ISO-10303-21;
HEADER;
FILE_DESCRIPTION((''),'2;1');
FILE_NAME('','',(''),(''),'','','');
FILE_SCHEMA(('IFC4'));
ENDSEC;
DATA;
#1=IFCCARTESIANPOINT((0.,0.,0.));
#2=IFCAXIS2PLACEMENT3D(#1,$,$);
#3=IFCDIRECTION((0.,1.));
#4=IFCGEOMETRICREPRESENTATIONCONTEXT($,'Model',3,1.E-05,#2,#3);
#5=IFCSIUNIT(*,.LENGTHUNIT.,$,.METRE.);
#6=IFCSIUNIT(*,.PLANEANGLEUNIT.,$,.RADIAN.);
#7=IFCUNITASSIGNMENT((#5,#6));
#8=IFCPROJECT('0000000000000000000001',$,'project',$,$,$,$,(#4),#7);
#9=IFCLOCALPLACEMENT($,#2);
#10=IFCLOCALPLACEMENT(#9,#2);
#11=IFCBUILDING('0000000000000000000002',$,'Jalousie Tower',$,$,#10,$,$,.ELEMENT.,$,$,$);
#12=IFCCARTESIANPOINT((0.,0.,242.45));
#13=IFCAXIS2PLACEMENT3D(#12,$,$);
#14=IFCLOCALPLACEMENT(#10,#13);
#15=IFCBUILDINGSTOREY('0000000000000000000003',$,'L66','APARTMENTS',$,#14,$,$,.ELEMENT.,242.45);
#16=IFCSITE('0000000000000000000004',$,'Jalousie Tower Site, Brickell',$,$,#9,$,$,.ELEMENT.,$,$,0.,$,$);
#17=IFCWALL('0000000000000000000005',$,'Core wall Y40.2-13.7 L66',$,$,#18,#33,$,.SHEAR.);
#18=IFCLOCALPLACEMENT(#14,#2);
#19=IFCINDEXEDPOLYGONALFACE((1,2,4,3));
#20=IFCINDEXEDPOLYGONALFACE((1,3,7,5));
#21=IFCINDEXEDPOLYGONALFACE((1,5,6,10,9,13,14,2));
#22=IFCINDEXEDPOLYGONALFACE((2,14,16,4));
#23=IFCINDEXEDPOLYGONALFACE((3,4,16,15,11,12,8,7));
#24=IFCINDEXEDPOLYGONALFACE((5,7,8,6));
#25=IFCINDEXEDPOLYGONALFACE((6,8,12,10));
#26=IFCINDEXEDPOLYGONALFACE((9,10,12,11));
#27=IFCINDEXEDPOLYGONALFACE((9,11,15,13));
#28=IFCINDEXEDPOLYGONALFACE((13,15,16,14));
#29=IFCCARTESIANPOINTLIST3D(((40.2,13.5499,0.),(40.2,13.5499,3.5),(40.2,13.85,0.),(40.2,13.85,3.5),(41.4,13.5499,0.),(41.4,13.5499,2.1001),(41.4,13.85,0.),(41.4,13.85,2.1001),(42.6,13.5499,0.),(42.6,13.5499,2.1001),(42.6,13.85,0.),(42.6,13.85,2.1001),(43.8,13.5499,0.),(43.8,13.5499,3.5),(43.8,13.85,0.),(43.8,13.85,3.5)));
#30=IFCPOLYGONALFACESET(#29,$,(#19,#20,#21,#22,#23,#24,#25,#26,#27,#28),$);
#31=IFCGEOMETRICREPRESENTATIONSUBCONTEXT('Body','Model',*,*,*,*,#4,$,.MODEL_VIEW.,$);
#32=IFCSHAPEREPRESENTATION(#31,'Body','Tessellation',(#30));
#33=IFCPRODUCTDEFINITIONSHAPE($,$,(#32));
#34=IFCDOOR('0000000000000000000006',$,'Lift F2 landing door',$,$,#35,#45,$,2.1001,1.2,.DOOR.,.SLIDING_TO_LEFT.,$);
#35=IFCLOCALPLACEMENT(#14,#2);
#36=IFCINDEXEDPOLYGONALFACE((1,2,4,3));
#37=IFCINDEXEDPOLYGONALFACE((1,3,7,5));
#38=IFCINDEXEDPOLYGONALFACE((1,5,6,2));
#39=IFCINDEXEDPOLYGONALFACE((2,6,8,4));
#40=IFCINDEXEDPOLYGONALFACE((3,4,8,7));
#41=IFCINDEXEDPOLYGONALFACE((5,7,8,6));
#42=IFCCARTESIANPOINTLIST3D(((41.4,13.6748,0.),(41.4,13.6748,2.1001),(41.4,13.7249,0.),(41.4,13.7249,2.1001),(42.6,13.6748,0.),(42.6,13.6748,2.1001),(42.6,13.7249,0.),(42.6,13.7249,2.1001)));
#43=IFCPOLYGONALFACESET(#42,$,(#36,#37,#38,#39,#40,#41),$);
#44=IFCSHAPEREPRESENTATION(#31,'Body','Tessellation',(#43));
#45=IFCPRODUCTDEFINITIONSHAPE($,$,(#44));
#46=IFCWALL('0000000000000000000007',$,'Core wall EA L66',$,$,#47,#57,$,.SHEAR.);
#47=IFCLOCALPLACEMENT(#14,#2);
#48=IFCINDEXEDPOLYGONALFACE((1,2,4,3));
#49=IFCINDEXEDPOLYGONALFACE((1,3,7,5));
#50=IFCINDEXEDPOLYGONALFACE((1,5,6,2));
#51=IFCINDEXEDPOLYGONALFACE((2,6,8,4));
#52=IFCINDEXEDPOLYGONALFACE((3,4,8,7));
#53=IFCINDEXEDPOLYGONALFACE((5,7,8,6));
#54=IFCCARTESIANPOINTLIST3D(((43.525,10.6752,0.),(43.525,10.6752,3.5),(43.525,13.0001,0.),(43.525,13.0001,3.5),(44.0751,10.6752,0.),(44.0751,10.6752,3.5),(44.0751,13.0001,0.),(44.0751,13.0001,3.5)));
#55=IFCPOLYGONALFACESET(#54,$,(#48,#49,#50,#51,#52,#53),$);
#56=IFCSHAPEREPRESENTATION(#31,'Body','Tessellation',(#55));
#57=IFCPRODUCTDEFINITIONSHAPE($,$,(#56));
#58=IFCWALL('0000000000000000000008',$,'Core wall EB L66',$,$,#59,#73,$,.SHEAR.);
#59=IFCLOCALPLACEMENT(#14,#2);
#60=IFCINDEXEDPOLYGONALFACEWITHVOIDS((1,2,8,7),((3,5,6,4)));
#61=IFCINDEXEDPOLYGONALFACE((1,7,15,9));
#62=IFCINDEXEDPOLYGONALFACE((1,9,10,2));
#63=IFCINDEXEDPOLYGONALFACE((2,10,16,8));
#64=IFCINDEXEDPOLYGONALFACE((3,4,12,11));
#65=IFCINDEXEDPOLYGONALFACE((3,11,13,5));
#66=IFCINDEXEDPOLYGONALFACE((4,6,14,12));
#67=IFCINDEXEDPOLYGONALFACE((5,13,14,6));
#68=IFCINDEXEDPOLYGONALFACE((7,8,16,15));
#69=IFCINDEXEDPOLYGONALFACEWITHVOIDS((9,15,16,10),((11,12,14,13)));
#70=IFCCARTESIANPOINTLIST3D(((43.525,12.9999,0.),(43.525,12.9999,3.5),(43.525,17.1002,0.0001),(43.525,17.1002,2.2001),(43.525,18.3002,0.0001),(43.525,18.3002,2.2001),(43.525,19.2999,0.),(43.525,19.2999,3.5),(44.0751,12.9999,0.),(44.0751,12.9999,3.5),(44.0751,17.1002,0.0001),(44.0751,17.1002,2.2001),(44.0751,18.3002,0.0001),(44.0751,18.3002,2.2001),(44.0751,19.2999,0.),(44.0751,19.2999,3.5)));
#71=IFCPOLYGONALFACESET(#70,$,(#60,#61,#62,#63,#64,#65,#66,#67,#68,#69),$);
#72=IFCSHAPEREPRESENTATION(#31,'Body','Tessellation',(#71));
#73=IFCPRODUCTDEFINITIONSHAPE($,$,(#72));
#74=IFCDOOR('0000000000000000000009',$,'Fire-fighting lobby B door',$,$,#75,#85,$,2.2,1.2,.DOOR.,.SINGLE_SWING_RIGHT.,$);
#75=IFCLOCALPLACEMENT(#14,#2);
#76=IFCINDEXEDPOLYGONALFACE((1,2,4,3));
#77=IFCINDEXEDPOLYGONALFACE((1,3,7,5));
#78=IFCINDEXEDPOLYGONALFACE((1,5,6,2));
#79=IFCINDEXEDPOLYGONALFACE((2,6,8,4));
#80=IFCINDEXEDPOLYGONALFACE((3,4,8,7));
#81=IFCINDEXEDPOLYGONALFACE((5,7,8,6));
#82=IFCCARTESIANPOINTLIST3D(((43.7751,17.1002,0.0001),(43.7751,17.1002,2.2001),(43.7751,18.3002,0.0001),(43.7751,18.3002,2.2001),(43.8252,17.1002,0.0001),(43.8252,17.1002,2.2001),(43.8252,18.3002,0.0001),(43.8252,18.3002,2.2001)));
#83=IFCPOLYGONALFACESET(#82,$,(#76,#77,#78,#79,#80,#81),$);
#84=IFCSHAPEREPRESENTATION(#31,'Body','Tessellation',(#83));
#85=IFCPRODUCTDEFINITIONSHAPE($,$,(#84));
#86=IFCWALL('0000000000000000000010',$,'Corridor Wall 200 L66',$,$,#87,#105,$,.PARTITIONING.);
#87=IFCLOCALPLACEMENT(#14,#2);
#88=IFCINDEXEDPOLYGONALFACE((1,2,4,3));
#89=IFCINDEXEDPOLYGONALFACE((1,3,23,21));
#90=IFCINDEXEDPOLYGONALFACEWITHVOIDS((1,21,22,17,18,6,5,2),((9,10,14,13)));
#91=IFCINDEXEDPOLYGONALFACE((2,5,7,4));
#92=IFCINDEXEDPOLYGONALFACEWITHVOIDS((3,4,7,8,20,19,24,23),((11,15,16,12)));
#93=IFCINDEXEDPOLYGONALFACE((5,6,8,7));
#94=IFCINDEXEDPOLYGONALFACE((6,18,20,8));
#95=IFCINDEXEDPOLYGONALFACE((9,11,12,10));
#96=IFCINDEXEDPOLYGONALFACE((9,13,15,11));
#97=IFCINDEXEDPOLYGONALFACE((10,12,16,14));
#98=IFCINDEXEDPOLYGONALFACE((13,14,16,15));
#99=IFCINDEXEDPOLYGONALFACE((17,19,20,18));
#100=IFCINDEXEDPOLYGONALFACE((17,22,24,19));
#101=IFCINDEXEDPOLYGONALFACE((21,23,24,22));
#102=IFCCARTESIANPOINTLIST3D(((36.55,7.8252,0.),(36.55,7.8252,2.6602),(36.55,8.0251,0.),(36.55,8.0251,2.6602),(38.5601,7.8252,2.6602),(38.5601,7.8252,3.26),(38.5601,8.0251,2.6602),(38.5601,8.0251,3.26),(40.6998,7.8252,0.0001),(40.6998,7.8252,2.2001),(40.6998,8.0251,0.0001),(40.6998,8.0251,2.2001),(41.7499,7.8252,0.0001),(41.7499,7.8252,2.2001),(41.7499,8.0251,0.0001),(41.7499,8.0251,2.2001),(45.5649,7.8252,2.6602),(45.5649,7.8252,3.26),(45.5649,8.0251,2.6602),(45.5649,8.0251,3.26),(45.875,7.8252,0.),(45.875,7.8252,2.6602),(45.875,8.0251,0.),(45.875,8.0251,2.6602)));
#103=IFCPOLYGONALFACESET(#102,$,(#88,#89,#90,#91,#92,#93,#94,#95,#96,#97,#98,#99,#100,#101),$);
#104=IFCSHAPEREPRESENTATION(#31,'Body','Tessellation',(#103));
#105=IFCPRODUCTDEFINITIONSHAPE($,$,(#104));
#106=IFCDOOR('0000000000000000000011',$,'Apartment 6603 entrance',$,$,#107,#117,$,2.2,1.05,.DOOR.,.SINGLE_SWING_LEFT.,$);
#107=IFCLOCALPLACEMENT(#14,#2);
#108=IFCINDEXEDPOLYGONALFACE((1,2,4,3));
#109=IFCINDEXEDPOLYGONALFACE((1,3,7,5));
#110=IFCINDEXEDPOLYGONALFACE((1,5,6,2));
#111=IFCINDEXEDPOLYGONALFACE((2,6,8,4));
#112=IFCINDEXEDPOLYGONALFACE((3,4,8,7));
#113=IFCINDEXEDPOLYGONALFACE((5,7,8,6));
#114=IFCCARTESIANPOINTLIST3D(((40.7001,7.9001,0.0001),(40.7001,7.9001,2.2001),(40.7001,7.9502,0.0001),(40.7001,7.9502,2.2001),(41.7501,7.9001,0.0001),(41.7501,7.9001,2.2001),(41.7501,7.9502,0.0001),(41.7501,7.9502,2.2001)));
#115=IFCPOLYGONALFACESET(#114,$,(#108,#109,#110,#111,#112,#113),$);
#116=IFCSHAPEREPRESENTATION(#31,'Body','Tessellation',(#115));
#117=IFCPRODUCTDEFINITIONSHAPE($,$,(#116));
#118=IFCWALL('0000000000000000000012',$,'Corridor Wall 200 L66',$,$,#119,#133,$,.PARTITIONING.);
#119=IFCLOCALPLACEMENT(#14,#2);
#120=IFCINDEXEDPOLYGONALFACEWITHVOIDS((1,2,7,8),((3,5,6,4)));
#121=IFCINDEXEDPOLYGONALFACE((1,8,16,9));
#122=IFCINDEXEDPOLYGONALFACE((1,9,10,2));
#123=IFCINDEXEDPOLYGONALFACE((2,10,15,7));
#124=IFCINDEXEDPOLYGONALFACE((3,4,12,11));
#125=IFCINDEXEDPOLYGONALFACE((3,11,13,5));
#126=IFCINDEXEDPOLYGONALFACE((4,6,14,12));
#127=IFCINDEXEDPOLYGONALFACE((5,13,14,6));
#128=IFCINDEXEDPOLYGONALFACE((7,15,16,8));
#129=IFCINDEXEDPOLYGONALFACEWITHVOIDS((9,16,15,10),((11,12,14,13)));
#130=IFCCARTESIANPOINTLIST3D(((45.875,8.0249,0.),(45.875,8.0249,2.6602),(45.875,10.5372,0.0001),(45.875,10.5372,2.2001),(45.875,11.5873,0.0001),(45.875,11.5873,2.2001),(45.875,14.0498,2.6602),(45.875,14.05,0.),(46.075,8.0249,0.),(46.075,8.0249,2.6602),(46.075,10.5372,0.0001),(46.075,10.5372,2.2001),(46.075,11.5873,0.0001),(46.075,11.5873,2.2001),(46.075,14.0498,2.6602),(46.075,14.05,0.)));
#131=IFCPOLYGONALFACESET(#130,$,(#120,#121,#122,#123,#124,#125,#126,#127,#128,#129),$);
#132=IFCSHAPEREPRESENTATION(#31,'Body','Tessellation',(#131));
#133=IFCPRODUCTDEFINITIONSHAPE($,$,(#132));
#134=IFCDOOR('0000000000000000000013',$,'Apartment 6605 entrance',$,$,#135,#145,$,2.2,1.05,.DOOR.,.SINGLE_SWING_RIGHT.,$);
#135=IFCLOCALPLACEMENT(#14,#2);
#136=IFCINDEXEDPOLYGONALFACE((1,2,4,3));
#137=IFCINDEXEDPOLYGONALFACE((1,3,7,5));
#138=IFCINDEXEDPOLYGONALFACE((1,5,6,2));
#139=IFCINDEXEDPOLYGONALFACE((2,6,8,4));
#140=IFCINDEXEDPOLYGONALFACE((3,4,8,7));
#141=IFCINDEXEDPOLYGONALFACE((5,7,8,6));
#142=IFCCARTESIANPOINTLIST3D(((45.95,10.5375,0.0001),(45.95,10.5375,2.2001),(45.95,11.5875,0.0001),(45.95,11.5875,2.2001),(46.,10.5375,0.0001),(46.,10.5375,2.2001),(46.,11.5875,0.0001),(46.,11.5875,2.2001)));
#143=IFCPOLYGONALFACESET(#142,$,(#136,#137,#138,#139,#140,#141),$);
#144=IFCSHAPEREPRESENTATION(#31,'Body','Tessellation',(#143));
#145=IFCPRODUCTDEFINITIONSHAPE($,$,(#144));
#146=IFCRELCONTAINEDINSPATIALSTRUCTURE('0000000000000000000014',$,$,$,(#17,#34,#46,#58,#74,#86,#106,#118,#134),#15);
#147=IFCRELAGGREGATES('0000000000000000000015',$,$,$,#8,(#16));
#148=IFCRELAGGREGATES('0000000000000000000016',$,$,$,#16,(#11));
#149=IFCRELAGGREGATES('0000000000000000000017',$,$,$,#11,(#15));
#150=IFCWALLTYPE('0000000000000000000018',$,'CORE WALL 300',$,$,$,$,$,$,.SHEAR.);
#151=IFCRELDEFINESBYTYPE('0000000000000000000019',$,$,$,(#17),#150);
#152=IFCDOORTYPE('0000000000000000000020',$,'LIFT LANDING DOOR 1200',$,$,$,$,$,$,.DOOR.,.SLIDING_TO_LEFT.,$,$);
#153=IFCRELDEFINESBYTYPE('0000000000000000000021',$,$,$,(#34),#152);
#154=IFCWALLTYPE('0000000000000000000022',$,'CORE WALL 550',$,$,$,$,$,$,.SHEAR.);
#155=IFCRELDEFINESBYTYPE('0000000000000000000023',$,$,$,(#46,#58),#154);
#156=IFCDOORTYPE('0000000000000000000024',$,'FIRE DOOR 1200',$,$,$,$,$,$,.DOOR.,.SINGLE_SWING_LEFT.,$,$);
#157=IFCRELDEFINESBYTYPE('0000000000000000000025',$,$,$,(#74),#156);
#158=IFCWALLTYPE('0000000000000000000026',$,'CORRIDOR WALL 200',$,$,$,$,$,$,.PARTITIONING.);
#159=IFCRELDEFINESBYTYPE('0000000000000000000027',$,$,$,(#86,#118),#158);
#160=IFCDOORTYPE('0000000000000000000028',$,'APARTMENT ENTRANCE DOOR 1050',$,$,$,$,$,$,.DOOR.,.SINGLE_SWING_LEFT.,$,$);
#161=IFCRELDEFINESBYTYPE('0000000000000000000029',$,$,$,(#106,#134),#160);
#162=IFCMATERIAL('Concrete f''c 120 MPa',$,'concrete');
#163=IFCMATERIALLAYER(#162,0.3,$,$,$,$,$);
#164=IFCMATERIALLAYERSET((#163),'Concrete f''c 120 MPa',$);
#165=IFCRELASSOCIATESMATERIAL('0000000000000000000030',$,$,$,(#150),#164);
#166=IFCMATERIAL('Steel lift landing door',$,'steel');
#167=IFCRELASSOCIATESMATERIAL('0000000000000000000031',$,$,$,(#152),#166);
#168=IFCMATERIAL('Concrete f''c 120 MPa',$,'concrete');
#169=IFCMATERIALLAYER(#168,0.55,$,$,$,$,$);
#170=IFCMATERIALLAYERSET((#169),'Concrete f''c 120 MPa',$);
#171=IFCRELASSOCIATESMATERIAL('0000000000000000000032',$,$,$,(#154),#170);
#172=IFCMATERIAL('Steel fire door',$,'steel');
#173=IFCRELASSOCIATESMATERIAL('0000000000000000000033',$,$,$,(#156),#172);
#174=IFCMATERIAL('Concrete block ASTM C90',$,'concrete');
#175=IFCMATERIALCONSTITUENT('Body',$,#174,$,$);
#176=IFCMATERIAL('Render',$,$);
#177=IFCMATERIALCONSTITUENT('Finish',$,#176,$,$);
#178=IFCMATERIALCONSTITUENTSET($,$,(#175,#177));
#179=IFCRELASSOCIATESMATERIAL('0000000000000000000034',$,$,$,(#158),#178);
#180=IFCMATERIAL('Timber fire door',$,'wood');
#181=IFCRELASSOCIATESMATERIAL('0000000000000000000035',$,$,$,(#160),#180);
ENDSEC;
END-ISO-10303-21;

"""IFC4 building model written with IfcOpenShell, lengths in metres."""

from ifc_helpers import new_model, si_unit, direction, frame, frame_2d, origin, place, context, subcontext, project, spatial, polyline, rectangle, outline, extrude, material, layer, layer_set, constituent, constituent_set, type_object, element, fill, save


model = new_model("IFC4")

# Units and contexts
model_context = context("Model", 3, precision=1e-05, world=origin(), true_north=direction((0.0, 1.0)))
body_context = subcontext(model_context, "Body", "Model", "MODEL_VIEW")
ifc_project = project(units=[si_unit("LENGTHUNIT", "METRE"), si_unit("PLANEANGLEUNIT", "RADIAN")], contexts=[model_context])

# Site, building, storey
site_placement = place(None, origin())
site = spatial("IfcSite", under=ifc_project, at=site_placement, Name="Jalousie Tower Site, Brickell", CompositionType="ELEMENT", RefElevation=0.0)
building_placement = place(site_placement, origin())
building = spatial("IfcBuilding", under=site, at=building_placement, Name="Jalousie Tower", CompositionType="ELEMENT")
storey_placement = place(building_placement, frame((0.0, 0.0, 242.45)))
storey = spatial("IfcBuildingStorey", under=building, at=storey_placement, Name="L66", Description="APARTMENTS", CompositionType="ELEMENT", Elevation=242.45)

# Shared definitions
ifc_material_1 = material(Name="Concrete f'c 120 MPa", Category="concrete")
ifc_layer_1 = layer(ifc_material_1, 0.3)
ifc_layer_set_1 = layer_set([ifc_layer_1], Name="Concrete f'c 120 MPa")
wall_type_1 = type_object("IfcWallType", Name="CORE WALL 300", PredefinedType="SHEAR", material=ifc_layer_set_1)

# Wall, opening, door
wall_1_placement = place(storey_placement, frame((40.2, 13.7, 0.0), z_axis=(0.0, 0.0, 1.0), x_axis=(1.0, 0.0, 0.0)))
wall_1 = element("IfcWall", 1, at=wall_1_placement, inside=storey, type_object=wall_type_1, Name="Core wall Y40.2-13.7 L66", PredefinedType="SHEAR", context=body_context, shape_type="SweptSolid", body=[
    extrude(rectangle(XDim=3.6001, YDim=0.3, at=frame_2d((1.8, 0.0))), origin(), (0.0, 0.0, 1.0), 3.5),
])
opening_1_placement = place(wall_1_placement, frame((1.2, 0.0, 0.0)))
opening_1 = element("IfcOpeningElement", 2, at=opening_1_placement, cuts=wall_1, PredefinedType="OPENING", context=body_context, shape_type="SweptSolid", body=[
    extrude(rectangle(XDim=1.2, YDim=2.1001, at=frame_2d((0.6001, 1.05))), frame((0.0, 0.1599, 0.0), z_axis=(0.0, -1.0, 0.0), x_axis=(1.0, 0.0, 0.0)), (0.0, 0.0, 1.0), 0.3201),
])
ifc_material_2 = material(Name="Steel lift landing door", Category="steel")
door_type_1 = type_object("IfcDoorType", Name="LIFT LANDING DOOR 1200", OperationType="SLIDING_TO_LEFT", PredefinedType="DOOR", material=ifc_material_2)
door_1_placement = place(opening_1_placement, origin())
door_1 = element("IfcDoor", 3, at=door_1_placement, inside=storey, type_object=door_type_1, Name="Lift F2 landing door", OperationType="SLIDING_TO_LEFT", OverallHeight=2.1001, OverallWidth=1.2, PredefinedType="DOOR", context=body_context, shape_type="SweptSolid", body=[
    extrude(rectangle(XDim=1.2, YDim=2.1001, at=frame_2d((0.6001, 1.05))), frame((0.0, 0.0249, 0.0), z_axis=(0.0, -1.0, 0.0), x_axis=(1.0, 0.0, 0.0)), (0.0, 0.0, 1.0), 0.05),
])
fill(opening_1, door_1)

# Wall
ifc_material_3 = material(Name="Concrete f'c 120 MPa", Category="concrete")
ifc_layer_2 = layer(ifc_material_3, 0.55)
ifc_layer_set_2 = layer_set([ifc_layer_2], Name="Concrete f'c 120 MPa")
wall_type_2 = type_object("IfcWallType", Name="CORE WALL 550", PredefinedType="SHEAR", material=ifc_layer_set_2)
wall_2_placement = place(storey_placement, frame((43.8, 10.675, 0.0), z_axis=(0.0, 0.0, 1.0), x_axis=(0.0, 1.0, 0.0)))
element("IfcWall", 4, at=wall_2_placement, inside=storey, type_object=wall_type_2, Name="Core wall EA L66", PredefinedType="SHEAR", context=body_context, shape_type="SweptSolid", body=[
    extrude(rectangle(XDim=2.325, YDim=0.55, at=frame_2d((1.1626, 0.0))), origin(), (0.0, 0.0, 1.0), 3.5),
])

# Walls, openings, doors
wall_3_placement = place(storey_placement, frame((43.8, 13.0, 0.0), z_axis=(0.0, 0.0, 1.0), x_axis=(0.0, 1.0, 0.0)))
wall_3 = element("IfcWall", 5, at=wall_3_placement, inside=storey, type_object=wall_type_2, Name="Core wall EB L66", PredefinedType="SHEAR", context=body_context, shape_type="SweptSolid", body=[
    extrude(rectangle(XDim=6.3, YDim=0.55, at=frame_2d((3.1499, 0.0))), origin(), (0.0, 0.0, 1.0), 3.5),
])
opening_2_placement = place(wall_3_placement, frame((4.1001, 0.0, 0.0)))
opening_2 = element("IfcOpeningElement", 6, at=opening_2_placement, cuts=wall_3, PredefinedType="OPENING", context=body_context, shape_type="SweptSolid", body=[
    extrude(rectangle(XDim=1.2, YDim=2.2, at=frame_2d((0.6001, 1.1001))), frame((0.0, 0.2849, 0.0), z_axis=(0.0, -1.0, 0.0), x_axis=(1.0, 0.0, 0.0)), (0.0, 0.0, 1.0), 0.5701),
])
ifc_material_4 = material(Name="Steel fire door", Category="steel")
door_type_2 = type_object("IfcDoorType", Name="FIRE DOOR 1200", OperationType="SINGLE_SWING_LEFT", PredefinedType="DOOR", material=ifc_material_4)
door_2_placement = place(opening_2_placement, origin())
door_2 = element("IfcDoor", 7, at=door_2_placement, inside=storey, type_object=door_type_2, Name="Fire-fighting lobby B door", OperationType="SINGLE_SWING_RIGHT", OverallHeight=2.2, OverallWidth=1.2, PredefinedType="DOOR", context=body_context, shape_type="SweptSolid", body=[
    extrude(rectangle(XDim=1.2, YDim=2.2, at=frame_2d((0.6001, 1.1001))), frame((0.0, 0.0249, 0.0), z_axis=(0.0, -1.0, 0.0), x_axis=(1.0, 0.0, 0.0)), (0.0, 0.0, 1.0), 0.05),
])
fill(opening_2, door_2)
ifc_material_5 = material(Name="Concrete block ASTM C90", Category="concrete")
ifc_constituent_1 = constituent(ifc_material_5, Name="Body")
ifc_material_6 = material(Name="Render")
ifc_constituent_2 = constituent(ifc_material_6, Name="Finish")
ifc_constituent_set_1 = constituent_set(constituents=[ifc_constituent_1, ifc_constituent_2])
wall_type_3 = type_object("IfcWallType", Name="CORRIDOR WALL 200", PredefinedType="PARTITIONING", material=ifc_constituent_set_1)
wall_4_placement = place(storey_placement, frame((36.55, 7.925, 0.0), z_axis=(0.0, 0.0, 1.0), x_axis=(1.0, 0.0, 0.0)))
wall_4 = element("IfcWall", 8, at=wall_4_placement, inside=storey, type_object=wall_type_3, Name="Corridor Wall 200 L66", PredefinedType="PARTITIONING", context=body_context, shape_type="SweptSolid", body=[
    extrude(outline(polyline([(0.0, 0.0), (9.325, 0.0), (9.325, 3.26), (9.325, 2.6602), (9.0149, 2.6602), (9.0149, 3.26), (2.01, 3.26), (2.01, 2.6602), (0.0, 2.6602), (0.0, 3.26), (0.0, 0.0)])), frame((0.0, 0.1001, 0.0), z_axis=(0.0, -1.0, 0.0), x_axis=(1.0, 0.0, 0.0)), (0.0, 0.0, 1.0), 0.2),
])
opening_3_placement = place(wall_4_placement, frame((4.1499, 0.0, 0.0)))
opening_3 = element("IfcOpeningElement", 9, at=opening_3_placement, cuts=wall_4, PredefinedType="OPENING", context=body_context, shape_type="SweptSolid", body=[
    extrude(rectangle(XDim=1.05, YDim=2.2, at=frame_2d((0.5249, 1.1001))), frame((0.0, 0.1099, 0.0), z_axis=(0.0, -1.0, 0.0), x_axis=(1.0, 0.0, 0.0)), (0.0, 0.0, 1.0), 0.22),
])
ifc_material_7 = material(Name="Timber fire door", Category="wood")
door_type_3 = type_object("IfcDoorType", Name="APARTMENT ENTRANCE DOOR 1050", OperationType="SINGLE_SWING_LEFT", PredefinedType="DOOR", material=ifc_material_7)
door_3_placement = place(opening_3_placement, frame((1.05, 0.0, 0.0), z_axis=(0.0, 0.0, 1.0), x_axis=(-1.0, 0.0, 0.0)))
door_3 = element("IfcDoor", 10, at=door_3_placement, inside=storey, type_object=door_type_3, Name="Apartment 6603 entrance", OperationType="SINGLE_SWING_LEFT", OverallHeight=2.2, OverallWidth=1.05, PredefinedType="DOOR", context=body_context, shape_type="SweptSolid", body=[
    extrude(rectangle(XDim=1.05, YDim=2.2, at=frame_2d((0.5249, 1.1001))), frame((0.0, 0.0249, 0.0), z_axis=(0.0, -1.0, 0.0), x_axis=(1.0, 0.0, 0.0)), (0.0, 0.0, 1.0), 0.05),
])
fill(opening_3, door_3)
wall_5_placement = place(storey_placement, frame((45.9751, 8.0249, 0.0), z_axis=(0.0, 0.0, 1.0), x_axis=(0.0, 1.0, 0.0)))
wall_5 = element("IfcWall", 11, at=wall_5_placement, inside=storey, type_object=wall_type_3, Name="Corridor Wall 200 L66", PredefinedType="PARTITIONING", context=body_context, shape_type="SweptSolid", body=[
    extrude(outline(polyline([(0.0, 0.0), (6.0251, 0.0), (6.0249, 3.26), (6.0249, 2.6602), (5.085, 2.6602), (0.0, 2.6602), (0.0, 3.26), (0.0, 0.0)])), frame((0.0, 0.1001, 0.0), z_axis=(0.0, -1.0, 0.0), x_axis=(1.0, 0.0, 0.0)), (0.0, 0.0, 1.0), 0.2),
])
opening_4_placement = place(wall_5_placement, frame((2.5125, 0.0, 0.0)))
opening_4 = element("IfcOpeningElement", 12, at=opening_4_placement, cuts=wall_5, PredefinedType="OPENING", context=body_context, shape_type="SweptSolid", body=[
    extrude(rectangle(XDim=1.05, YDim=2.2, at=frame_2d((0.5249, 1.1001))), frame((0.0, 0.1099, 0.0), z_axis=(0.0, -1.0, 0.0), x_axis=(1.0, 0.0, 0.0)), (0.0, 0.0, 1.0), 0.22),
])
door_4_placement = place(opening_4_placement, frame((1.05, 0.0, 0.0), z_axis=(0.0, 0.0, 1.0), x_axis=(-1.0, 0.0, 0.0)))
door_4 = element("IfcDoor", 13, at=door_4_placement, inside=storey, type_object=door_type_3, Name="Apartment 6605 entrance", OperationType="SINGLE_SWING_RIGHT", OverallHeight=2.2, OverallWidth=1.05, PredefinedType="DOOR", context=body_context, shape_type="SweptSolid", body=[
    extrude(rectangle(XDim=1.05, YDim=2.2, at=frame_2d((0.5249, 1.1001))), frame((0.0, 0.0249, 0.0), z_axis=(0.0, -1.0, 0.0), x_axis=(1.0, 0.0, 0.0)), (0.0, 0.0, 1.0), 0.05),
])
fill(opening_4, door_4)

save(model, "model.ifc")
